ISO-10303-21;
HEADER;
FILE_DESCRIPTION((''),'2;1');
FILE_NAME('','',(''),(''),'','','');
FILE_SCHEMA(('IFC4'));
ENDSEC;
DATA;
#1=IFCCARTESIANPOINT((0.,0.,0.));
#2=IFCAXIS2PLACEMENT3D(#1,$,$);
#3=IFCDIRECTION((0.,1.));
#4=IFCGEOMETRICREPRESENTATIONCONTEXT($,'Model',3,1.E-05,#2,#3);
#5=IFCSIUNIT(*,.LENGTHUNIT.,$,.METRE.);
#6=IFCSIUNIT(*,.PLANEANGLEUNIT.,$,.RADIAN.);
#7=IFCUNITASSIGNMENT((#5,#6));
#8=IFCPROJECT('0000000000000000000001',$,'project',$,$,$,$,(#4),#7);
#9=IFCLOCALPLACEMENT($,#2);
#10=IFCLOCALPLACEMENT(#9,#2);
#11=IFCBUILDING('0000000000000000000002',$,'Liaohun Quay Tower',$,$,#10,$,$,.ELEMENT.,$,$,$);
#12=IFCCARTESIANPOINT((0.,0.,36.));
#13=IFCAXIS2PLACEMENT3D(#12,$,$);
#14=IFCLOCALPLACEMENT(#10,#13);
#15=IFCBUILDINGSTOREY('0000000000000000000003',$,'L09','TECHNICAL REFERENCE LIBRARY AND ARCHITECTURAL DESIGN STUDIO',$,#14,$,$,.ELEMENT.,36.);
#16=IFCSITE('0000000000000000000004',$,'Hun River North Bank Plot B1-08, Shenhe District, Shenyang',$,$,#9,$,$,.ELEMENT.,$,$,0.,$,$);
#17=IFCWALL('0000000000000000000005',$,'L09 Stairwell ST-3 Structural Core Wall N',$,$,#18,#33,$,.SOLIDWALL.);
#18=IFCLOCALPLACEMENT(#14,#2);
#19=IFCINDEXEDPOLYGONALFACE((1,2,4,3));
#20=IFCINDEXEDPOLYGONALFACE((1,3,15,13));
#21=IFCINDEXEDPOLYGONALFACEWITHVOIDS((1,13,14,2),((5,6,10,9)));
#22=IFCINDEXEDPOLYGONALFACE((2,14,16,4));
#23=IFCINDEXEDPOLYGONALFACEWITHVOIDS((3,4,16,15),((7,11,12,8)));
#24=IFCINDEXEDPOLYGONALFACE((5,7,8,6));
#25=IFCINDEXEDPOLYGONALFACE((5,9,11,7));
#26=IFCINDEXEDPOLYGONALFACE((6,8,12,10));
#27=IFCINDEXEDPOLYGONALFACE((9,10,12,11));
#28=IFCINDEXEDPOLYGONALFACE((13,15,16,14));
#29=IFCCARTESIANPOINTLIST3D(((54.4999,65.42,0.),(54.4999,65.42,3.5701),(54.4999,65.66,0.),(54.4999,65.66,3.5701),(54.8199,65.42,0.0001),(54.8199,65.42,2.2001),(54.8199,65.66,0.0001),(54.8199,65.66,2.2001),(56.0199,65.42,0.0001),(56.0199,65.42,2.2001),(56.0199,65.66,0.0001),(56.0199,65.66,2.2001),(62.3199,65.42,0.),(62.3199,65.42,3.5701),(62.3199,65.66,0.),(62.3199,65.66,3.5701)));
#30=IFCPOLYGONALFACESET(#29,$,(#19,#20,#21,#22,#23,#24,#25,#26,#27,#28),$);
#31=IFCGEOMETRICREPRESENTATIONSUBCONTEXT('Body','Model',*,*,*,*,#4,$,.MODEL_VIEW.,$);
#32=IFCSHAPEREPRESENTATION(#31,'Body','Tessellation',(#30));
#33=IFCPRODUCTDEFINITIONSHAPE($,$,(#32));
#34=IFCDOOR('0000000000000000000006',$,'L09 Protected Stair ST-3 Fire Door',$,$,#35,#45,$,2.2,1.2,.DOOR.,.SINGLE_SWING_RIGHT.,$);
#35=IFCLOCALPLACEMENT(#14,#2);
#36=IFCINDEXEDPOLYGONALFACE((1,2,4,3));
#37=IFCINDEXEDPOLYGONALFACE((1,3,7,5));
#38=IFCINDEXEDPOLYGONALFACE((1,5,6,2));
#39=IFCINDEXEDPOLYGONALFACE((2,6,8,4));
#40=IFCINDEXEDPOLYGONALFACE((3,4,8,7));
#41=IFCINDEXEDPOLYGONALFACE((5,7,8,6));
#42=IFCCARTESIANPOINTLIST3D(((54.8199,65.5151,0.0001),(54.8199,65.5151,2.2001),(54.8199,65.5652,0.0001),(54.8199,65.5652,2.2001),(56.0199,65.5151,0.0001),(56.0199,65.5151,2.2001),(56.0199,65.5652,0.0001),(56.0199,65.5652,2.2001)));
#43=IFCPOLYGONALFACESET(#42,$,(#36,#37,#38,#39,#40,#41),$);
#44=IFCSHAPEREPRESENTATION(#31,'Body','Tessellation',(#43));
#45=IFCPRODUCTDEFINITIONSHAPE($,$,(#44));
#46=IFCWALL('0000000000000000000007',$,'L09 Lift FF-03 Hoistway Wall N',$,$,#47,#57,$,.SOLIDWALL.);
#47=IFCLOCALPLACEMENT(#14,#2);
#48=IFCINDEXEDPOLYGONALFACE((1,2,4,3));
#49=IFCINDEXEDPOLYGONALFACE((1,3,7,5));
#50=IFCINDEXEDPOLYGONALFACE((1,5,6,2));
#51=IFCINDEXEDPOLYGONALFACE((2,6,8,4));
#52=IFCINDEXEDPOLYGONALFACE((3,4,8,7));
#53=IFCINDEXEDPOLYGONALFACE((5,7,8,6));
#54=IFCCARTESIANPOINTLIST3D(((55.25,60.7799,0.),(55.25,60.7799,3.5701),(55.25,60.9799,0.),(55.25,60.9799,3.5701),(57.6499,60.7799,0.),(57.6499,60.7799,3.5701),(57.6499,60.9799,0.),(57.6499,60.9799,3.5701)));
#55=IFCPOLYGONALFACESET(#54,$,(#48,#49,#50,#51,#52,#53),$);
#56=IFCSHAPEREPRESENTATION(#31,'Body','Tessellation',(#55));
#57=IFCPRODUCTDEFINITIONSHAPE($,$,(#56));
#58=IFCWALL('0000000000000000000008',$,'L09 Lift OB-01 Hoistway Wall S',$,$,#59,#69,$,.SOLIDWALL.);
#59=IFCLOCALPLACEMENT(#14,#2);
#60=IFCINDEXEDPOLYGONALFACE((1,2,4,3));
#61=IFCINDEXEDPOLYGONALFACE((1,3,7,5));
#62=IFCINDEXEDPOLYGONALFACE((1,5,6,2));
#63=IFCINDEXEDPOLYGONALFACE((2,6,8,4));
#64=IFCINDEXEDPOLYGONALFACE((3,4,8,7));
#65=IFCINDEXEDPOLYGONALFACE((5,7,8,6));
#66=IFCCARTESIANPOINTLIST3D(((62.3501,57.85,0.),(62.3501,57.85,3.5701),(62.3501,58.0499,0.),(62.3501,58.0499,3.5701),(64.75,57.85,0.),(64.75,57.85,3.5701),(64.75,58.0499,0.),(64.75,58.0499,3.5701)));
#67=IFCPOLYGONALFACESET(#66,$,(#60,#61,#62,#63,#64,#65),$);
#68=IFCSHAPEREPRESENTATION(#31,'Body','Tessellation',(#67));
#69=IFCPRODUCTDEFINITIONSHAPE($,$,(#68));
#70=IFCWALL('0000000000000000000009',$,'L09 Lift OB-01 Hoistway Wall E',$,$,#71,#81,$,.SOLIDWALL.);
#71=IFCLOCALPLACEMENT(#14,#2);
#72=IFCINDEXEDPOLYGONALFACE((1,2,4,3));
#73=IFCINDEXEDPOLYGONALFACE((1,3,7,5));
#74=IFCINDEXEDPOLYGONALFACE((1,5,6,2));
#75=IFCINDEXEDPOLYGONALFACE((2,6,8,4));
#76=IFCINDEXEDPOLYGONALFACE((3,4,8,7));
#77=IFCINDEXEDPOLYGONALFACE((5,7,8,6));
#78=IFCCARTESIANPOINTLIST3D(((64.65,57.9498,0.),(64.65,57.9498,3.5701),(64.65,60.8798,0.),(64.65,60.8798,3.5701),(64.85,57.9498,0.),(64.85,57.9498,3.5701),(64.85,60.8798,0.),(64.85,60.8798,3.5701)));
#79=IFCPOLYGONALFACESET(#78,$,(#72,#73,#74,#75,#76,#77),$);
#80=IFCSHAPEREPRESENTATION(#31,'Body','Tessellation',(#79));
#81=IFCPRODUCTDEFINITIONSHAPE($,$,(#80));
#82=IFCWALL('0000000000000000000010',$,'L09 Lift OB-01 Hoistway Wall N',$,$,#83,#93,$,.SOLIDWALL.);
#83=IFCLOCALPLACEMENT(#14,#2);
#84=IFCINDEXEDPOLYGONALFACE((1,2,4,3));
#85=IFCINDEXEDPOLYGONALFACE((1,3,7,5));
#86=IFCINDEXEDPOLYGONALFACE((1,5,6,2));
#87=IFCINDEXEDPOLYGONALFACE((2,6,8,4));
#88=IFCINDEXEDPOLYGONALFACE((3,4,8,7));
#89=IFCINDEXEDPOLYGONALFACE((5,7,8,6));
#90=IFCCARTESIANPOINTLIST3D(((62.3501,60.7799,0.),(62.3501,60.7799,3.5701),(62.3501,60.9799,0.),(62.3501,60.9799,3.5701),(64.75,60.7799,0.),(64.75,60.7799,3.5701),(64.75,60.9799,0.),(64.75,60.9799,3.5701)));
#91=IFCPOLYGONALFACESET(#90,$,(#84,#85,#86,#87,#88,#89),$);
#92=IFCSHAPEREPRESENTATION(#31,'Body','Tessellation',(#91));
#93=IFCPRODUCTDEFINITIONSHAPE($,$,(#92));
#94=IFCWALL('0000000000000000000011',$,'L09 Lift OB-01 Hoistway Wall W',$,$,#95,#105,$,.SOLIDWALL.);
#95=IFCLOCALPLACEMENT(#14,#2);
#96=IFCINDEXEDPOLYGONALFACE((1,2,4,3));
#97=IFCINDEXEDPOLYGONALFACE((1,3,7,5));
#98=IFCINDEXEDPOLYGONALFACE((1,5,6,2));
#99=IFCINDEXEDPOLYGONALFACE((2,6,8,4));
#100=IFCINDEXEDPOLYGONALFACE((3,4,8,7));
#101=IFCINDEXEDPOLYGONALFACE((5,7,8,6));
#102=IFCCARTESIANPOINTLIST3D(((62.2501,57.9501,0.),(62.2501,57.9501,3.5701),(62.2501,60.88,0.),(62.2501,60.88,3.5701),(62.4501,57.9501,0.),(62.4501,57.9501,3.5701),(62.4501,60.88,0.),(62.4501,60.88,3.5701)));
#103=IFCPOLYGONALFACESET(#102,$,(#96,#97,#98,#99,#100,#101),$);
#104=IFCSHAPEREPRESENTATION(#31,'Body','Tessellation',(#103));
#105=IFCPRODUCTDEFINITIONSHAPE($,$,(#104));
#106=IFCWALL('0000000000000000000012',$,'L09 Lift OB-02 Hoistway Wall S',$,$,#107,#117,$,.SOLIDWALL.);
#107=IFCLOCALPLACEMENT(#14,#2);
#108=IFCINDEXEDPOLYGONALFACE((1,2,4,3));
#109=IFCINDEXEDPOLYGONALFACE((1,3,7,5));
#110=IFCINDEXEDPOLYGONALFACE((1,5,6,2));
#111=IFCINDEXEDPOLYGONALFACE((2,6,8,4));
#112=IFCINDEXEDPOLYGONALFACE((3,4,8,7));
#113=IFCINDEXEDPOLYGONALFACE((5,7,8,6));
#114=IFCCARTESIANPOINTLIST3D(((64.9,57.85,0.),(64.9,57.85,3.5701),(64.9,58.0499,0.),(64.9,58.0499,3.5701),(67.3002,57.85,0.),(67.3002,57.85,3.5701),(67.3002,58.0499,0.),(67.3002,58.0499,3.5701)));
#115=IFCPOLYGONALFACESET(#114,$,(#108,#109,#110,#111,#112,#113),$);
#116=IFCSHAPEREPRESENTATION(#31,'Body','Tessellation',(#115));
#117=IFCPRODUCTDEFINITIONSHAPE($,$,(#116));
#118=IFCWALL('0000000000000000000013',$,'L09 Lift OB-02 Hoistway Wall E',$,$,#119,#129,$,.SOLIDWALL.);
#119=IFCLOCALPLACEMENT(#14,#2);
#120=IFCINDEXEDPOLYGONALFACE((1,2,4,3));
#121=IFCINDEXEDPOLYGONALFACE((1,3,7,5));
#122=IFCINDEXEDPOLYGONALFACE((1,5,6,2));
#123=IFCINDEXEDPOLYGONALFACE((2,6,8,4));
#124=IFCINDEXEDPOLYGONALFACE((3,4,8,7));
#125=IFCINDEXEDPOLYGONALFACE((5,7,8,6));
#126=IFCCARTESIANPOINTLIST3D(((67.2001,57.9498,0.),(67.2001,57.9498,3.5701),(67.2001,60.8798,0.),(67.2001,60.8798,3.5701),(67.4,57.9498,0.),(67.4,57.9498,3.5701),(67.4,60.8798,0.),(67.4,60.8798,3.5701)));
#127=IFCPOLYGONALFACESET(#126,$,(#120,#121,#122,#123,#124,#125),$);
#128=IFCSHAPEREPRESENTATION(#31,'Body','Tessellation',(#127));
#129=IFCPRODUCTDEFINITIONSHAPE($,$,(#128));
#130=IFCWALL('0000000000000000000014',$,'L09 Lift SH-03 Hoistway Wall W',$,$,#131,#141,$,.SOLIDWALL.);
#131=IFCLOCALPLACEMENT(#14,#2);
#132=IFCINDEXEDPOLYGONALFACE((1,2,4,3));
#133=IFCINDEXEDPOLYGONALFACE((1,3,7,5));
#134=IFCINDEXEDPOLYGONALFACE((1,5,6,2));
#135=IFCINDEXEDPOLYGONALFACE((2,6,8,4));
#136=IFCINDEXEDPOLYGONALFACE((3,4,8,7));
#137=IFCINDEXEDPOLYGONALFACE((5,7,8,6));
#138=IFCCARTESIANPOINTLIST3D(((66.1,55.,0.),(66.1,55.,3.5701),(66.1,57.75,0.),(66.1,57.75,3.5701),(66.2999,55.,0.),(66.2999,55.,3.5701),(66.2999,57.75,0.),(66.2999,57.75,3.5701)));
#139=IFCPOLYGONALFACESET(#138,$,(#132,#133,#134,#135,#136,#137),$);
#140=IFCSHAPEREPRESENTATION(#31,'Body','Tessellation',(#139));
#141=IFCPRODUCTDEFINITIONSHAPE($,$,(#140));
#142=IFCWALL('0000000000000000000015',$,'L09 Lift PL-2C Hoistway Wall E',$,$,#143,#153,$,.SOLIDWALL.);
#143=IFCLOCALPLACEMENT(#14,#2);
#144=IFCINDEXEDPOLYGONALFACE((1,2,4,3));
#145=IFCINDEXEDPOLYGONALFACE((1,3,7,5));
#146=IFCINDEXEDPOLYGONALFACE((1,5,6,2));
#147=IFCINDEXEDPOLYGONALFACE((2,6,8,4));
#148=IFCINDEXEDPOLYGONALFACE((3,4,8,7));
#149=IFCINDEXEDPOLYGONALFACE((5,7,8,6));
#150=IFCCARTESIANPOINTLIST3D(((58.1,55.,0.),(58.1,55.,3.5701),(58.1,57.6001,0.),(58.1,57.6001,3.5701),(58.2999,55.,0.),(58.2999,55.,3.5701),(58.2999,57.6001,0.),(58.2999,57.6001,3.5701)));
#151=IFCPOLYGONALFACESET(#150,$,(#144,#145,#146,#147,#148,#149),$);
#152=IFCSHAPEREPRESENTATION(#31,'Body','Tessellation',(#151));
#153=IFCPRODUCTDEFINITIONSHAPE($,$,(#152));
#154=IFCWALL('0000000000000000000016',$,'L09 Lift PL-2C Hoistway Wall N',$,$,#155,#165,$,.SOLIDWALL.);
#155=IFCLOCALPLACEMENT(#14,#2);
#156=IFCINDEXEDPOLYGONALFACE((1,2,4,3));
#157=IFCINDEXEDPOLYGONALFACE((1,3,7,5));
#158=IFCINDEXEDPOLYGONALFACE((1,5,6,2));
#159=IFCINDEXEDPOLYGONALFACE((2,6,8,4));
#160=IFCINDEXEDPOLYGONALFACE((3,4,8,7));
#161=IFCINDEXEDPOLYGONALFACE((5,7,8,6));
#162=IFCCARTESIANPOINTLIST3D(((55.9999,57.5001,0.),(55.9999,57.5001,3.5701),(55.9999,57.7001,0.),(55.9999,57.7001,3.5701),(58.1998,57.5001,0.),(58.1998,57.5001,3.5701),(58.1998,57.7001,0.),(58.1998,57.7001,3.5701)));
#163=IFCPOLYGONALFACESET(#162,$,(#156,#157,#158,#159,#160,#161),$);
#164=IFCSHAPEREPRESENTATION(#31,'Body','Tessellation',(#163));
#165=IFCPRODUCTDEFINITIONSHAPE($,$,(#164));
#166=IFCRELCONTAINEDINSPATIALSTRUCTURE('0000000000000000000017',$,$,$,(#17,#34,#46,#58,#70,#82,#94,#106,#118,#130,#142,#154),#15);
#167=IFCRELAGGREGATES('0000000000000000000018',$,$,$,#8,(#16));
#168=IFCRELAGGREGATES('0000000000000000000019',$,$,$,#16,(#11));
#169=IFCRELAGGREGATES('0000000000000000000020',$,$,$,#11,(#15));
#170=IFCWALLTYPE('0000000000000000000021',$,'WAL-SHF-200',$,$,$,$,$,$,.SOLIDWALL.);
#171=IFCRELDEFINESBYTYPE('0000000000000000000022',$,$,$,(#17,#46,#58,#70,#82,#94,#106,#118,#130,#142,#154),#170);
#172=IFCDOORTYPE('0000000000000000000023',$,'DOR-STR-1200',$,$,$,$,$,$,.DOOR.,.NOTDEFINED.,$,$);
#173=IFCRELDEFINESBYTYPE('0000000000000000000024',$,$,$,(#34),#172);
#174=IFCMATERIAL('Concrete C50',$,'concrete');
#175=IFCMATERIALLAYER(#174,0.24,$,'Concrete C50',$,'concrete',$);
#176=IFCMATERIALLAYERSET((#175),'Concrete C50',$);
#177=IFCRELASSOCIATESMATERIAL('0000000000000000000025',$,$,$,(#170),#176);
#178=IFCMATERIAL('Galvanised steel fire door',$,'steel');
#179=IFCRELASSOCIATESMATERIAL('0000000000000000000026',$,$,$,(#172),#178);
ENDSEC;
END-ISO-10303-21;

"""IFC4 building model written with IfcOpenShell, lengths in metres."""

from ifc_helpers import new_model, si_unit, direction, frame, frame_2d, origin, place, context, subcontext, project, spatial, rectangle, extrude, source, transform, mapped, material, layer, layer_set, type_object, element, fill, save


model = new_model("IFC4")

# Units and contexts
model_context = context("Model", 3, precision=1e-05, world=origin(), true_north=direction((0.0, 1.0)))
body_context = subcontext(model_context, "Body", "Model", "MODEL_VIEW")
ifc_project = project(units=[si_unit("LENGTHUNIT", "METRE"), si_unit("PLANEANGLEUNIT", "RADIAN")], contexts=[model_context])

# Site, building, storey
site_placement = place(None, origin())
site = spatial("IfcSite", under=ifc_project, at=site_placement, Name="Hun River North Bank Plot B1-08, Shenhe District, Shenyang", CompositionType="ELEMENT", RefElevation=0.0)
building_placement = place(site_placement, origin())
building = spatial("IfcBuilding", under=site, at=building_placement, Name="Liaohun Quay Tower", CompositionType="ELEMENT")
storey_placement = place(building_placement, frame((0.0, 0.0, 36.0)))
storey = spatial("IfcBuildingStorey", under=building, at=storey_placement, Name="L09", Description="TECHNICAL REFERENCE LIBRARY AND ARCHITECTURAL DESIGN STUDIO", CompositionType="ELEMENT", Elevation=36.0)

# Shared definitions
ifc_material_1 = material(Name="Concrete C50", Category="concrete")
ifc_layer_1 = layer(ifc_material_1, 0.24, Name="Concrete C50", Category="concrete")
ifc_layer_set_1 = layer_set([ifc_layer_1], Name="Concrete C50")
wall_type_1 = type_object("IfcWallType", Name="WAL-SHF-200", PredefinedType="SOLIDWALL", material=ifc_layer_set_1)

# Wall, opening, door
wall_1_placement = place(storey_placement, frame((62.3201, 65.54, 0.0), z_axis=(0.0, 0.0, 1.0), x_axis=(-1.0, 0.0, 0.0)))
wall_1 = element("IfcWall", 1, at=wall_1_placement, inside=storey, type_object=wall_type_1, Name="L09 Stairwell ST-3 Structural Core Wall N", PredefinedType="SOLIDWALL", context=body_context, shape_type="SweptSolid", body=[
    extrude(rectangle(XDim=7.8201, YDim=0.24, at=frame_2d((3.9102, 0.0))), origin(), (0.0, 0.0, 1.0), 3.5701),
])
shared_shape_1 = source(origin(), body_context, "Body", "SweptSolid", [
    extrude(rectangle(XDim=1.2, YDim=2.2, at=frame_2d((0.6001, 1.1001))), frame((0.0, 0.1299, 0.0), z_axis=(0.0, -1.0, 0.0), x_axis=(1.0, 0.0, 0.0)), (0.0, 0.0, 1.0), 0.26),
])
opening_1_placement = place(wall_1_placement, frame((6.3, 0.0, 0.0)))
opening_1 = element("IfcOpeningElement", 2, at=opening_1_placement, cuts=wall_1, PredefinedType="OPENING", context=body_context, shape_type="MappedRepresentation", body=[
    mapped(shared_shape_1, transform((0.0, 0.0, 0.0), x_axis=(1.0, 0.0, 0.0), y_axis=(0.0, 1.0, 0.0), z_axis=(0.0, 0.0, 1.0), scale=1.0)),
])
ifc_material_2 = material(Name="Galvanised steel fire door", Category="steel")
door_type_1 = type_object("IfcDoorType", Name="DOR-STR-1200", OperationType="NOTDEFINED", PredefinedType="DOOR", material=ifc_material_2)
shared_shape_2 = source(origin(), body_context, "Body", "SweptSolid", [
    extrude(rectangle(XDim=1.2, YDim=2.2, at=frame_2d((0.6001, 1.1001))), frame((0.0, 0.0249, 0.0), z_axis=(0.0, -1.0, 0.0), x_axis=(1.0, 0.0, 0.0)), (0.0, 0.0, 1.0), 0.05),
])
door_1_placement = place(opening_1_placement, origin())
door_1 = element("IfcDoor", 3, at=door_1_placement, inside=storey, type_object=door_type_1, Name="L09 Protected Stair ST-3 Fire Door", OperationType="SINGLE_SWING_RIGHT", OverallHeight=2.2, OverallWidth=1.2, PredefinedType="DOOR", context=body_context, shape_type="MappedRepresentation", body=[
    mapped(shared_shape_2, transform((0.0, 0.0, 0.0), x_axis=(1.0, 0.0, 0.0), y_axis=(0.0, 1.0, 0.0), z_axis=(0.0, 0.0, 1.0), scale=1.0)),
])
fill(opening_1, door_1)

# Walls
for number, where, z_axis, x_axis, name in (
    (4, (57.6499, 60.8799, 0.0), (0.0, 0.0, 1.0), (-1.0, 0.0, 0.0), "L09 Lift FF-03 Hoistway Wall N"),
    (5, (62.3501, 57.95, 0.0), (0.0, 0.0, 1.0), (1.0, 0.0, 0.0), "L09 Lift OB-01 Hoistway Wall S"),
):
    element("IfcWall", number, at=place(storey_placement, frame(where, z_axis=z_axis, x_axis=x_axis)), inside=storey, type_object=wall_type_1, Name=name, PredefinedType="SOLIDWALL", context=body_context, shape_type="SweptSolid", body=[
        extrude(rectangle(XDim=2.3999, YDim=0.2, at=frame_2d((1.2, 0.0))), origin(), (0.0, 0.0, 1.0), 3.5701),
    ])
wall_2_placement = place(storey_placement, frame((64.75, 57.95, 0.0), z_axis=(0.0, 0.0, 1.0), x_axis=(0.0, 1.0, 0.0)))
element("IfcWall", 6, at=wall_2_placement, inside=storey, type_object=wall_type_1, Name="L09 Lift OB-01 Hoistway Wall E", PredefinedType="SOLIDWALL", context=body_context, shape_type="SweptSolid", body=[
    extrude(rectangle(XDim=2.9299, YDim=0.2, at=frame_2d((1.4648, 0.0))), origin(), (0.0, 0.0, 1.0), 3.5701),
])
wall_3_placement = place(storey_placement, frame((64.75, 60.8799, 0.0), z_axis=(0.0, 0.0, 1.0), x_axis=(-1.0, 0.0, 0.0)))
element("IfcWall", 7, at=wall_3_placement, inside=storey, type_object=wall_type_1, Name="L09 Lift OB-01 Hoistway Wall N", PredefinedType="SOLIDWALL", context=body_context, shape_type="SweptSolid", body=[
    extrude(rectangle(XDim=2.3999, YDim=0.2, at=frame_2d((1.2, 0.0))), origin(), (0.0, 0.0, 1.0), 3.5701),
])
wall_4_placement = place(storey_placement, frame((62.3501, 60.8799, 0.0), z_axis=(0.0, 0.0, 1.0), x_axis=(0.0, -1.0, 0.0)))
element("IfcWall", 8, at=wall_4_placement, inside=storey, type_object=wall_type_1, Name="L09 Lift OB-01 Hoistway Wall W", PredefinedType="SOLIDWALL", context=body_context, shape_type="SweptSolid", body=[
    extrude(rectangle(XDim=2.9299, YDim=0.2, at=frame_2d((1.4648, 0.0))), origin(), (0.0, 0.0, 1.0), 3.5701),
])
wall_5_placement = place(storey_placement, frame((64.8999, 57.95, 0.0), z_axis=(0.0, 0.0, 1.0), x_axis=(1.0, 0.0, 0.0)))
element("IfcWall", 9, at=wall_5_placement, inside=storey, type_object=wall_type_1, Name="L09 Lift OB-02 Hoistway Wall S", PredefinedType="SOLIDWALL", context=body_context, shape_type="SweptSolid", body=[
    extrude(rectangle(XDim=2.4001, YDim=0.2, at=frame_2d((1.2002, 0.0))), origin(), (0.0, 0.0, 1.0), 3.5701),
])
wall_6_placement = place(storey_placement, frame((67.3, 57.95, 0.0), z_axis=(0.0, 0.0, 1.0), x_axis=(0.0, 1.0, 0.0)))
element("IfcWall", 10, at=wall_6_placement, inside=storey, type_object=wall_type_1, Name="L09 Lift OB-02 Hoistway Wall E", PredefinedType="SOLIDWALL", context=body_context, shape_type="SweptSolid", body=[
    extrude(rectangle(XDim=2.9299, YDim=0.2, at=frame_2d((1.4648, 0.0))), origin(), (0.0, 0.0, 1.0), 3.5701),
])
wall_7_placement = place(storey_placement, frame((66.2, 57.75, 0.0), z_axis=(0.0, 0.0, 1.0), x_axis=(0.0, -1.0, 0.0)))
element("IfcWall", 11, at=wall_7_placement, inside=storey, type_object=wall_type_1, Name="L09 Lift SH-03 Hoistway Wall W", PredefinedType="SOLIDWALL", context=body_context, shape_type="SweptSolid", body=[
    extrude(rectangle(XDim=2.75, YDim=0.2, at=frame_2d((1.375, 0.0))), origin(), (0.0, 0.0, 1.0), 3.5701),
])
wall_8_placement = place(storey_placement, frame((58.2, 55.0, 0.0), z_axis=(0.0, 0.0, 1.0), x_axis=(0.0, 1.0, 0.0)))
element("IfcWall", 12, at=wall_8_placement, inside=storey, type_object=wall_type_1, Name="L09 Lift PL-2C Hoistway Wall E", PredefinedType="SOLIDWALL", context=body_context, shape_type="SweptSolid", body=[
    extrude(rectangle(XDim=2.6001, YDim=0.2, at=frame_2d((1.3, 0.0))), origin(), (0.0, 0.0, 1.0), 3.5701),
])
wall_9_placement = place(storey_placement, frame((58.2, 57.6001, 0.0), z_axis=(0.0, 0.0, 1.0), x_axis=(-1.0, 0.0, 0.0)))
element("IfcWall", 13, at=wall_9_placement, inside=storey, type_object=wall_type_1, Name="L09 Lift PL-2C Hoistway Wall N", PredefinedType="SOLIDWALL", context=body_context, shape_type="SweptSolid", body=[
    extrude(rectangle(XDim=2.2, YDim=0.2, at=frame_2d((1.1001, 0.0))), origin(), (0.0, 0.0, 1.0), 3.5701),
])

save(model, "model.ifc")
